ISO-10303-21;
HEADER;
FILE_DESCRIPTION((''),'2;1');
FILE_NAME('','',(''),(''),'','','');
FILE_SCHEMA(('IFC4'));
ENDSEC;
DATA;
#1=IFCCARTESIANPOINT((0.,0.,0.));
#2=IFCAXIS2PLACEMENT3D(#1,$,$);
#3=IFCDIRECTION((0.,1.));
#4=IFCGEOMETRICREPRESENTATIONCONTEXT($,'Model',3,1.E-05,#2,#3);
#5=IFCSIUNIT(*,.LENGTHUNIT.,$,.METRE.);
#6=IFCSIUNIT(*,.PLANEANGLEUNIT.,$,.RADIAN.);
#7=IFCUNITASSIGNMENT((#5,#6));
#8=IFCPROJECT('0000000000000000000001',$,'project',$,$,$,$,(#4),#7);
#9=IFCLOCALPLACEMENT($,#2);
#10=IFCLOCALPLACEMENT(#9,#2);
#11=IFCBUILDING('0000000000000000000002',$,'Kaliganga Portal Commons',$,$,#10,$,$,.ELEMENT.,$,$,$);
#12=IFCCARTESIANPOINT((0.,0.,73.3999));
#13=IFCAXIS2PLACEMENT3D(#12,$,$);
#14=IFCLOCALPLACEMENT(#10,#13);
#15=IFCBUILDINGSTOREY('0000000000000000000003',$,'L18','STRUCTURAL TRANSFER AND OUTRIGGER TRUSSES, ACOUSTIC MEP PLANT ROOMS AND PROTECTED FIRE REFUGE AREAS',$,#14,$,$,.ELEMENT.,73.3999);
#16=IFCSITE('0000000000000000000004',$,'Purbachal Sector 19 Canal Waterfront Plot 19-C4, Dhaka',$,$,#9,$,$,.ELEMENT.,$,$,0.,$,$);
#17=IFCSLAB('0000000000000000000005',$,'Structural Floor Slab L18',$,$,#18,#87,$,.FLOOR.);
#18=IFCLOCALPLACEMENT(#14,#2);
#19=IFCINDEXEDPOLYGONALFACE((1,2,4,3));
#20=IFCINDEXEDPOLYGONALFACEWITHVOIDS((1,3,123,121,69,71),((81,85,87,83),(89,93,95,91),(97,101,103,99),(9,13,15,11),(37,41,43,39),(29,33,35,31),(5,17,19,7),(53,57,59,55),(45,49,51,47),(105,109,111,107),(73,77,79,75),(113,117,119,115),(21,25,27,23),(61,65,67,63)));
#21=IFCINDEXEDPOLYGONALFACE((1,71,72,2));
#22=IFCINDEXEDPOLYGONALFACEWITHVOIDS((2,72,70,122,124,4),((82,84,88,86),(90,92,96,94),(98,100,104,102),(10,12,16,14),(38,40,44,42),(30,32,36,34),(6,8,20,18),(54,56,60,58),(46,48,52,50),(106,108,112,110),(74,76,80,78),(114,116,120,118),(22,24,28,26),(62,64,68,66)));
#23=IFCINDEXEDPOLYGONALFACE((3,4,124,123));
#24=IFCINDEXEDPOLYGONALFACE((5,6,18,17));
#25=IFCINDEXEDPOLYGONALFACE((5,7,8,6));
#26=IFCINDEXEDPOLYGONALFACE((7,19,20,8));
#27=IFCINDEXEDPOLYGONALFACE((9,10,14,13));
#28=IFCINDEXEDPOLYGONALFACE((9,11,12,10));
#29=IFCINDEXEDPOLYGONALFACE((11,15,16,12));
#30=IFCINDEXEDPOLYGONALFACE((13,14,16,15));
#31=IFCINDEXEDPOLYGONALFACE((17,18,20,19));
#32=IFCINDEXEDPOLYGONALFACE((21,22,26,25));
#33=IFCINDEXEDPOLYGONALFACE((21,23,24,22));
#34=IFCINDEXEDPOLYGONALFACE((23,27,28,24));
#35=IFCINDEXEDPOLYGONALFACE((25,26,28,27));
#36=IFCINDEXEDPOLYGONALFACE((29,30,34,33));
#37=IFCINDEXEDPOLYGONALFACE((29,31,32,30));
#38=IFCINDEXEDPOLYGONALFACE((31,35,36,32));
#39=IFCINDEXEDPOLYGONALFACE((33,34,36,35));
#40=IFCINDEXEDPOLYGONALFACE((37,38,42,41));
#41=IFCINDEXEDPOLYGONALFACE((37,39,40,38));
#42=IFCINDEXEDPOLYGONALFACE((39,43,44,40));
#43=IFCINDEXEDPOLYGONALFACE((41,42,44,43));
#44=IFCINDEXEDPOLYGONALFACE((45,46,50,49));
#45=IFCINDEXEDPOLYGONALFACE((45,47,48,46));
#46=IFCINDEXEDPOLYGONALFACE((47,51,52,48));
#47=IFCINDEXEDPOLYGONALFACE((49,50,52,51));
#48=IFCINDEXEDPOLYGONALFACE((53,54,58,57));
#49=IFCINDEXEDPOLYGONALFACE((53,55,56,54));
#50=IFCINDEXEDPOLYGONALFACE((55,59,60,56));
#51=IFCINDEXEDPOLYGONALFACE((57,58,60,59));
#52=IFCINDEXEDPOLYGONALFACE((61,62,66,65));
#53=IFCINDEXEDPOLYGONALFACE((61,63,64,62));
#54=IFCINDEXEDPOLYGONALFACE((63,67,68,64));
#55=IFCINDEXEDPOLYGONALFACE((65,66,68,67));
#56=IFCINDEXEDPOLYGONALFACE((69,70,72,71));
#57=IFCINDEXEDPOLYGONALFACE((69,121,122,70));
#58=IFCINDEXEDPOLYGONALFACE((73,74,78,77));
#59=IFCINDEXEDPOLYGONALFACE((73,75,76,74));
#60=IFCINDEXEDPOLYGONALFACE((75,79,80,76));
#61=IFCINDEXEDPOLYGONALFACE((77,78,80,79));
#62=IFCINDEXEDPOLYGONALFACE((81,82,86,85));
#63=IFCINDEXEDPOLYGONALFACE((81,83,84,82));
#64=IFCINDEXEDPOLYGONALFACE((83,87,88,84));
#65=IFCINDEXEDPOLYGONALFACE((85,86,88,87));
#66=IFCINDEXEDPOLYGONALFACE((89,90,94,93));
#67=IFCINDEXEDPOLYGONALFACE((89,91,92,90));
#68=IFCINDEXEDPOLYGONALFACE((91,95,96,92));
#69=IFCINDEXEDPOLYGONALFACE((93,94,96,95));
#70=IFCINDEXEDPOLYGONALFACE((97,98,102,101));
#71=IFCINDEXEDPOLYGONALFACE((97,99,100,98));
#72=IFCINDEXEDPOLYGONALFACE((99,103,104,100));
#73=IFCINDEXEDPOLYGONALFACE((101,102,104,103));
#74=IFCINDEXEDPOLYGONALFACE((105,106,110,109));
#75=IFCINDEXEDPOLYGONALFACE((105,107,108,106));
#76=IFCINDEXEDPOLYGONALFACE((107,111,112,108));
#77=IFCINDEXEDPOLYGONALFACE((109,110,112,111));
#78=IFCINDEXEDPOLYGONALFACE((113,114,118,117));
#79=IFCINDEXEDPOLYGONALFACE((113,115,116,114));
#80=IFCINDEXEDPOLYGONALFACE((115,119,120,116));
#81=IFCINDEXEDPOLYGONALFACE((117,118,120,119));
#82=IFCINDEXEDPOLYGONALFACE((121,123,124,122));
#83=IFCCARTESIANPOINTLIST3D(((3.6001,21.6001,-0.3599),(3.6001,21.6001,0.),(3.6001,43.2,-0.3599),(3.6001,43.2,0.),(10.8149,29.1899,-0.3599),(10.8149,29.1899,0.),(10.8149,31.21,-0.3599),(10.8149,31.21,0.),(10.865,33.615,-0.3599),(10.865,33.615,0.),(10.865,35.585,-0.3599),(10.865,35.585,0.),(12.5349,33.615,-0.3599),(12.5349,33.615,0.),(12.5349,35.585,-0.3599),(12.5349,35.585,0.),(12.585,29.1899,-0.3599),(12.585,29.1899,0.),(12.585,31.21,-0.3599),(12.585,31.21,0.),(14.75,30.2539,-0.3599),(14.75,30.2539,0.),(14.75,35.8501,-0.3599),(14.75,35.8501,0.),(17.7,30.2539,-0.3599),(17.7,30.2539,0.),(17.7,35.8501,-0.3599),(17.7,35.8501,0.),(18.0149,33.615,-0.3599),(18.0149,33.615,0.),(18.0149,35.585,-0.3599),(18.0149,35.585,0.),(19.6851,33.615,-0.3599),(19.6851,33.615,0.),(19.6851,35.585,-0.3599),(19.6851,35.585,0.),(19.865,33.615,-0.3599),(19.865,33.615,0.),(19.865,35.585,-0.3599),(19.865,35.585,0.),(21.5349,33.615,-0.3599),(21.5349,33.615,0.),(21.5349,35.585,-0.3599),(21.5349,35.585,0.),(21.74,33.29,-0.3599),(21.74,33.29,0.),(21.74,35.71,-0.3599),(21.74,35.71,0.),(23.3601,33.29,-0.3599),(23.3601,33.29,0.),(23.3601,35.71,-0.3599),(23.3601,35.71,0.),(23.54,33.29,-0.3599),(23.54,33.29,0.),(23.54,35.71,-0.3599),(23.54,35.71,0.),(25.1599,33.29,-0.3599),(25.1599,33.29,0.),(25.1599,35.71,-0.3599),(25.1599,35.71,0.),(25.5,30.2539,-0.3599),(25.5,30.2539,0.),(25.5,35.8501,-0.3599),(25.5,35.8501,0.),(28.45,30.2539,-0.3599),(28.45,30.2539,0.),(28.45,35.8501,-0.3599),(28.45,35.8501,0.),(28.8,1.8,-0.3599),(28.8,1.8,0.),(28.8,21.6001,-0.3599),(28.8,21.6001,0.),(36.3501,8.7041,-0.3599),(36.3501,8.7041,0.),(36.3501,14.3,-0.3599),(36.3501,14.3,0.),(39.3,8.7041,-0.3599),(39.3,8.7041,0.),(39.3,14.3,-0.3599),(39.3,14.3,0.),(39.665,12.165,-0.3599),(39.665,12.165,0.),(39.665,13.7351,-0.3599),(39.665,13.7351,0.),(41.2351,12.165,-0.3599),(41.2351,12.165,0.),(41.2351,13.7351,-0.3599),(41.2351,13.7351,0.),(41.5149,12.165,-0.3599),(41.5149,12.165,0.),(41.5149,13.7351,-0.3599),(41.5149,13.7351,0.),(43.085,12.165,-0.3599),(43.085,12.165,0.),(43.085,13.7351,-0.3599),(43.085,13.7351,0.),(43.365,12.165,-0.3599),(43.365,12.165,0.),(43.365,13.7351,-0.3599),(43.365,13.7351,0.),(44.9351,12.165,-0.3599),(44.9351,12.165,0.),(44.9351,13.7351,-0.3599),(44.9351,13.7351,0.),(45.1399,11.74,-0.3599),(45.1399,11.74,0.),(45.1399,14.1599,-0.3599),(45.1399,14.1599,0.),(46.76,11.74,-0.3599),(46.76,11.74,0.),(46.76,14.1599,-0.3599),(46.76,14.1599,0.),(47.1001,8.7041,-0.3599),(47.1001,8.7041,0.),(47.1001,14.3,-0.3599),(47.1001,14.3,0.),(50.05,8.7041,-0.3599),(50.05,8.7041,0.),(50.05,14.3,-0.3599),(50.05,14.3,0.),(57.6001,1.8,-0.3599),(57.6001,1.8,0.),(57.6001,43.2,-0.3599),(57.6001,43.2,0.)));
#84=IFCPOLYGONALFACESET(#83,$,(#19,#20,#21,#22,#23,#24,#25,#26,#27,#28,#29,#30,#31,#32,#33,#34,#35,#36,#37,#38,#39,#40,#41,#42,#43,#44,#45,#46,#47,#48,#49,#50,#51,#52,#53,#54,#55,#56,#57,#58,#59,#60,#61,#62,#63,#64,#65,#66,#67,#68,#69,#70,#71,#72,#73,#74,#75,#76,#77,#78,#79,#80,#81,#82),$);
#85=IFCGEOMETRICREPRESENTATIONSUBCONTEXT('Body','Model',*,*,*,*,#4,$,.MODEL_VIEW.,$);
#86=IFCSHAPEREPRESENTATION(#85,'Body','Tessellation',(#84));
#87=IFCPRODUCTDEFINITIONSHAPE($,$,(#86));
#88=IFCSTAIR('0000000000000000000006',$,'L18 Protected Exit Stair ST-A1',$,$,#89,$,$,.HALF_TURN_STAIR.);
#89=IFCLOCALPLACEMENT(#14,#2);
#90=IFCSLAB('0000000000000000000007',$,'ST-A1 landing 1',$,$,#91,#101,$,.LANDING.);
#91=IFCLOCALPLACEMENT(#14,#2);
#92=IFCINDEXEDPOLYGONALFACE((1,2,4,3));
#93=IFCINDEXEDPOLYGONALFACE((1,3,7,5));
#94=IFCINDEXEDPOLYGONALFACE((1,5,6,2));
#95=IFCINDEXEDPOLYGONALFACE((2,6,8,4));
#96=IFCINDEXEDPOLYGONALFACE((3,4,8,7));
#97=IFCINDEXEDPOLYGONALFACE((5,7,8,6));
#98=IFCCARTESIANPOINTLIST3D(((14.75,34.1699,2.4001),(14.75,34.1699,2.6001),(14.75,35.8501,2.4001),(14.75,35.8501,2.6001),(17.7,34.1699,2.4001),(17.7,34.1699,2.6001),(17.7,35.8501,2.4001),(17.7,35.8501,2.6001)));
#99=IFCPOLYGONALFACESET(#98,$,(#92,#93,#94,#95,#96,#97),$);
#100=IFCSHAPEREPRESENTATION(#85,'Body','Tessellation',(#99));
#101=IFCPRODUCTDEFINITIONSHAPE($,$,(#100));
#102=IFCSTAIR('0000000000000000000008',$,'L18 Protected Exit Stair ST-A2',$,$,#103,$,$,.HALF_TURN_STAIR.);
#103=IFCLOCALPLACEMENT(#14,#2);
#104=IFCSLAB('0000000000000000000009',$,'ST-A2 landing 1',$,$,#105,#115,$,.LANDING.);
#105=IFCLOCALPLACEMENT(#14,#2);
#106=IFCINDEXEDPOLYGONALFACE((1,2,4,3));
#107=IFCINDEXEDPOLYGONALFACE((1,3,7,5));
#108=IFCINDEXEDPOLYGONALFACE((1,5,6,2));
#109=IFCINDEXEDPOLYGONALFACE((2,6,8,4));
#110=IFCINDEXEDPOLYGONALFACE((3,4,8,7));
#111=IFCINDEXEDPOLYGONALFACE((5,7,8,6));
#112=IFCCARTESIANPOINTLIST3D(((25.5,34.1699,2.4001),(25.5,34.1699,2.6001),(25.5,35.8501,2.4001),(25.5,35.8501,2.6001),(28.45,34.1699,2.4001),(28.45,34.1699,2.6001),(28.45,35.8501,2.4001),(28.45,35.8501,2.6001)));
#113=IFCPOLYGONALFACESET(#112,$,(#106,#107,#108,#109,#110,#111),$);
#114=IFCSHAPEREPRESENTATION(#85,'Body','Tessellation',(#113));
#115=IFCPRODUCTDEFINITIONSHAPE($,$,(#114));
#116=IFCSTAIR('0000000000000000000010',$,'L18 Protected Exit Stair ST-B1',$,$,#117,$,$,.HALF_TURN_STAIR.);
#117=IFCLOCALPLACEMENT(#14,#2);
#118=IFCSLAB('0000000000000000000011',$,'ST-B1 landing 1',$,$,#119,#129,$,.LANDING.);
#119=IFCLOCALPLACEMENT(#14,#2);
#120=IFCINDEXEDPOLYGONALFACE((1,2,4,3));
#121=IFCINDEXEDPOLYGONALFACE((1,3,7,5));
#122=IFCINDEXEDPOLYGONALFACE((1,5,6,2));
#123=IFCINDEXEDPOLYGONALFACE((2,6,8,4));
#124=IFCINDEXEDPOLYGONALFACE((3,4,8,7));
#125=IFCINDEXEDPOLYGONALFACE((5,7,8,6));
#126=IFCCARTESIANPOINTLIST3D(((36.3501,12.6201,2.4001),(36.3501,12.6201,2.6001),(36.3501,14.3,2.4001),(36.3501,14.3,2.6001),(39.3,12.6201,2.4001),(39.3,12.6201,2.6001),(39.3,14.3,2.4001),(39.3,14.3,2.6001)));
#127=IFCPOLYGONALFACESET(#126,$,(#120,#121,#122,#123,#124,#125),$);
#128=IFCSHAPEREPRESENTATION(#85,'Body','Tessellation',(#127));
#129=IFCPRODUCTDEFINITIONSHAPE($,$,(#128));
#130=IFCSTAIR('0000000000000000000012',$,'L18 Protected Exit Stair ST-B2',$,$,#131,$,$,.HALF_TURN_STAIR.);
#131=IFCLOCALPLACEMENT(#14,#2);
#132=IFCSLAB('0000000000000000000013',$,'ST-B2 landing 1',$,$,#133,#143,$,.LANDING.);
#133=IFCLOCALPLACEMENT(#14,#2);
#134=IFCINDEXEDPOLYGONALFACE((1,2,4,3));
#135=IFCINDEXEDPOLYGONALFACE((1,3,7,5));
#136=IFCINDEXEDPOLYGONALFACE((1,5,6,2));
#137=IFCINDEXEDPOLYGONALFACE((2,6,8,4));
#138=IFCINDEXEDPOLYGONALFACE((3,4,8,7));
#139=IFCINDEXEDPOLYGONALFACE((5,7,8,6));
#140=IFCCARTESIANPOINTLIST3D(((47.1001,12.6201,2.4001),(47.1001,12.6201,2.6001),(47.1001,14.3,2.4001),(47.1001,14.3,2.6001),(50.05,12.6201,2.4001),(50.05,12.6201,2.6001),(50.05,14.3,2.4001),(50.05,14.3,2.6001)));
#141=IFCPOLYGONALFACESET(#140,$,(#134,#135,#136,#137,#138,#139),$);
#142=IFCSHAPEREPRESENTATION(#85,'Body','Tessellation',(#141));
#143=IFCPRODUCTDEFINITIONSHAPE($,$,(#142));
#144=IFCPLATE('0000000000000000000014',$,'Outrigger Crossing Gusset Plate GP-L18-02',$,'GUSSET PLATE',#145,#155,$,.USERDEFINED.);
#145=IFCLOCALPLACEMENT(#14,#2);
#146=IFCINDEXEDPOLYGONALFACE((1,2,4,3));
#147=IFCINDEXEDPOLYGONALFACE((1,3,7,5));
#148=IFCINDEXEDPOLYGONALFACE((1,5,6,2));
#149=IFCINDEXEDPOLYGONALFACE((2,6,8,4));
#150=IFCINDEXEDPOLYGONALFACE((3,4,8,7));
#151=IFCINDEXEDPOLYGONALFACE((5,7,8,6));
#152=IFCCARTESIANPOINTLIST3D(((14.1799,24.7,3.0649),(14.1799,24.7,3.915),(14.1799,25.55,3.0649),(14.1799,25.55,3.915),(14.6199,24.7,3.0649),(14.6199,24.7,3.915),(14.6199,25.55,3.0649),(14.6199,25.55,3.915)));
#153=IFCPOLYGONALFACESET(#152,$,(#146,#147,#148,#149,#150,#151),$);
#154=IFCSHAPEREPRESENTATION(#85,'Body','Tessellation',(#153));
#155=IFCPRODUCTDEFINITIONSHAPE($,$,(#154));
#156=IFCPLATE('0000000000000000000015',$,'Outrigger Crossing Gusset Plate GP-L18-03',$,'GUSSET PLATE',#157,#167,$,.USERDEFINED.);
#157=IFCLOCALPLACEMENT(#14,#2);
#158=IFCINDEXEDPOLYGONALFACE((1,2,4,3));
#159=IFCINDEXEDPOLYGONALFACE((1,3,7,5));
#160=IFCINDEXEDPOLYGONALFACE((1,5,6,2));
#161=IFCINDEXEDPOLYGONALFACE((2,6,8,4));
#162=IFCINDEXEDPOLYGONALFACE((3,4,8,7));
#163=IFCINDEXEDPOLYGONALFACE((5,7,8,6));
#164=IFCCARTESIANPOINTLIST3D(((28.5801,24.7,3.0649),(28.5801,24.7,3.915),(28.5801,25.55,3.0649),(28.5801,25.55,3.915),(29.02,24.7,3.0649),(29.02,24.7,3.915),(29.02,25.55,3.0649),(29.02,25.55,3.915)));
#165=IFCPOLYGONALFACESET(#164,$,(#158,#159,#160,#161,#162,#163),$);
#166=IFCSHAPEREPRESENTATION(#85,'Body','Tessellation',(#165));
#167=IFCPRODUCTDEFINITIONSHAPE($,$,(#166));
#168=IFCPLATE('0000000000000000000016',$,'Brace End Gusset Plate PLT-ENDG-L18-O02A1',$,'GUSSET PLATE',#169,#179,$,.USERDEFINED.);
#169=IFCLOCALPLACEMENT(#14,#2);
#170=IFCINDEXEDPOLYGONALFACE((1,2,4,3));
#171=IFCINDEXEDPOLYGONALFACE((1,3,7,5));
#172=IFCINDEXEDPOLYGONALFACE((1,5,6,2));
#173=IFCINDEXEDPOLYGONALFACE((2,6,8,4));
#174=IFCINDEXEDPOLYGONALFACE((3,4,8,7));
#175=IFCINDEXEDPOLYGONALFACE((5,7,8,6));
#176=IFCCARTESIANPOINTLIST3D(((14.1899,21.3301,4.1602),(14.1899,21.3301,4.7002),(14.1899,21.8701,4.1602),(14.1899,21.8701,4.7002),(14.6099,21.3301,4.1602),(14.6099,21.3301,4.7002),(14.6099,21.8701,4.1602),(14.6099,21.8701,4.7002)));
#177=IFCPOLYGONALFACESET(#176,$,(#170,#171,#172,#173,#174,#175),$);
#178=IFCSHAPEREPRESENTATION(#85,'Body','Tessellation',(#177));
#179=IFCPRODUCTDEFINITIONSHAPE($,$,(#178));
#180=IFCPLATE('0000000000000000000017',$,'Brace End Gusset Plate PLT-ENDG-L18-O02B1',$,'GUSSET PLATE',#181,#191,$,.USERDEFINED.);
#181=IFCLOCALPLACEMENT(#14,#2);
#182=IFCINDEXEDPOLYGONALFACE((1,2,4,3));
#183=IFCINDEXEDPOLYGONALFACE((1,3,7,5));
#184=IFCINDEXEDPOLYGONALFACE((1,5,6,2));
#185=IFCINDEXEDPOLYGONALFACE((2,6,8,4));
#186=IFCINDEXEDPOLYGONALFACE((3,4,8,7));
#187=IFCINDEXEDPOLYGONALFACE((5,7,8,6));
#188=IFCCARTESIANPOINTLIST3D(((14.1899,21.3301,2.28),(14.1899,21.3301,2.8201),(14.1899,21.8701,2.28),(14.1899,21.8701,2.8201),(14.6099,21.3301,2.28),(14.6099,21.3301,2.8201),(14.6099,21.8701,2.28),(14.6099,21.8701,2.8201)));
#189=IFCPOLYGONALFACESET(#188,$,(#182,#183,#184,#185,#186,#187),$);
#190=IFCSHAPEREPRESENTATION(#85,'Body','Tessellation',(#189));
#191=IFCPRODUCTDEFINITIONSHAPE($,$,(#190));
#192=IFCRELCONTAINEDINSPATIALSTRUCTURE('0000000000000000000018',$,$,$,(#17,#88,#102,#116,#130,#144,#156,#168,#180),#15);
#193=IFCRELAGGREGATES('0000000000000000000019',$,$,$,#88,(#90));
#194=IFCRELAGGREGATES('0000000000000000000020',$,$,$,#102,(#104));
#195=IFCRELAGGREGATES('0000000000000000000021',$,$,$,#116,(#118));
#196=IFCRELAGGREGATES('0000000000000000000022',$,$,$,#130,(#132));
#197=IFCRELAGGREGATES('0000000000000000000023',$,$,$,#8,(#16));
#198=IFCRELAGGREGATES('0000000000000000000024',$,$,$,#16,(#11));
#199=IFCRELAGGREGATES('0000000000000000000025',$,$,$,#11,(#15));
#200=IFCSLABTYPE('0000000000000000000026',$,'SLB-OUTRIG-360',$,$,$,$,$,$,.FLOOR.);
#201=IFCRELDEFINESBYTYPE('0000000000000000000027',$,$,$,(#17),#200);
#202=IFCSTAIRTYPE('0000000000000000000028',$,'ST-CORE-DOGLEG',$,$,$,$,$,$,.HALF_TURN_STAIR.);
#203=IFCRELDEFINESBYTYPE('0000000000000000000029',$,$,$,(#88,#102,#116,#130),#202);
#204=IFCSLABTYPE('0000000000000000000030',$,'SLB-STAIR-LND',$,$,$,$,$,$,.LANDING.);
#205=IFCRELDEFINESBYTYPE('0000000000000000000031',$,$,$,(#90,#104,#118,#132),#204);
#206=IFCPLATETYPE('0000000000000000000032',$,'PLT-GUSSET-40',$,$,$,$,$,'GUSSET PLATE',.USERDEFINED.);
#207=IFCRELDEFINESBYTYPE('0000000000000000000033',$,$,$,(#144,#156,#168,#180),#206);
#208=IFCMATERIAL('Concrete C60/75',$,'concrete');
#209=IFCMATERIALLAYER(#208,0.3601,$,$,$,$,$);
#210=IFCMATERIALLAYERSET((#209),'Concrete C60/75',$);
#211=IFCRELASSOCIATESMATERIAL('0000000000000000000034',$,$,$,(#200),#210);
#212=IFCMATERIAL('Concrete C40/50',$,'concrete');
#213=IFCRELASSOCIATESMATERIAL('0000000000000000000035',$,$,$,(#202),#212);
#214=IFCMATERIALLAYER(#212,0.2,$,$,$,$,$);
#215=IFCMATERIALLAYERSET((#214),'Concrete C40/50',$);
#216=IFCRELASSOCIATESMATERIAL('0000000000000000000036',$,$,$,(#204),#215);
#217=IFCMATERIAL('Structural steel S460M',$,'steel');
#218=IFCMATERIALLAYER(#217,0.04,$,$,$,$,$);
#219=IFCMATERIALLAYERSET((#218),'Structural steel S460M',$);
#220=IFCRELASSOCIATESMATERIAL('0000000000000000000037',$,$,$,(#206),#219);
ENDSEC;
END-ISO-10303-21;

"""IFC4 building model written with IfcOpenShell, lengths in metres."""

from ifc_helpers import new_model, si_unit, direction, frame, origin, origin_2d, place, context, subcontext, project, spatial, polyline, rectangle, outline, extrude, source, transform, mapped, material, layer, layer_set, type_object, element, aggregate, save


model = new_model("IFC4")

# Units and contexts
model_context = context("Model", 3, precision=1e-05, world=origin(), true_north=direction((0.0, 1.0)))
body_context = subcontext(model_context, "Body", "Model", "MODEL_VIEW")
ifc_project = project(units=[si_unit("LENGTHUNIT", "METRE"), si_unit("PLANEANGLEUNIT", "RADIAN")], contexts=[model_context])

# Site, building, storey
site_placement = place(None, origin())
site = spatial("IfcSite", under=ifc_project, at=site_placement, Name="Purbachal Sector 19 Canal Waterfront Plot 19-C4, Dhaka", CompositionType="ELEMENT", RefElevation=0.0)
building_placement = place(site_placement, origin())
building = spatial("IfcBuilding", under=site, at=building_placement, Name="Kaliganga Portal Commons", CompositionType="ELEMENT")
storey_placement = place(building_placement, frame((0.0, 0.0, 73.3999)))
storey = spatial("IfcBuildingStorey", under=building, at=storey_placement, Name="L18", Description="STRUCTURAL TRANSFER AND OUTRIGGER TRUSSES, ACOUSTIC MEP PLANT ROOMS AND PROTECTED FIRE REFUGE AREAS", CompositionType="ELEMENT", Elevation=73.3999)

# Shared definitions
ifc_material_1 = material(Name="Structural steel S460M", Category="steel")

# Shared definitions
ifc_material_2 = material(Name="Concrete C60/75", Category="concrete")

# Slab
ifc_layer_1 = layer(ifc_material_2, 0.3601)
ifc_layer_set_1 = layer_set([ifc_layer_1], Name="Concrete C60/75")
slab_type_1 = type_object("IfcSlabType", Name="SLB-OUTRIG-360", PredefinedType="FLOOR", material=ifc_layer_set_1)
slab_1_placement = place(storey_placement, frame((0.0, 0.0, -0.3599)))
element("IfcSlab", 1, at=slab_1_placement, inside=storey, type_object=slab_type_1, Name="Structural Floor Slab L18", PredefinedType="FLOOR", context=body_context, shape_type="SweptSolid", body=[
    extrude(outline(polyline([(28.8, 1.8), (57.6001, 1.8), (57.6001, 43.2), (3.6001, 43.2), (3.6001, 21.6001), (28.8, 21.6001), (28.8, 1.8)]), holes=[polyline([(14.75, 30.2539), (14.75, 35.8501), (17.7, 35.8501), (17.7, 30.2539), (14.75, 30.2539)]), polyline([(25.5, 30.2539), (25.5, 35.8501), (28.45, 35.8501), (28.45, 30.2539), (25.5, 30.2539)]), polyline([(36.3501, 8.7041), (36.3501, 14.3), (39.3, 14.3), (39.3, 8.7041), (36.3501, 8.7041)]), polyline([(47.1001, 8.7041), (47.1001, 14.3), (50.05, 14.3), (50.05, 8.7041), (47.1001, 8.7041)]), polyline([(18.0149, 33.615), (18.0149, 35.585), (19.6851, 35.585), (19.6851, 33.615), (18.0149, 33.615)]), polyline([(19.865, 33.615), (19.865, 35.585), (21.5349, 35.585), (21.5349, 33.615), (19.865, 33.615)]), polyline([(10.8149, 29.1899), (10.8149, 31.21), (12.585, 31.21), (12.585, 29.1899), (10.8149, 29.1899)]), polyline([(10.865, 33.615), (10.865, 35.585), (12.5349, 35.585), (12.5349, 33.615), (10.865, 33.615)]), polyline([(21.74, 33.29), (21.74, 35.71), (23.3601, 35.71), (23.3601, 33.29), (21.74, 33.29)]), polyline([(23.54, 33.29), (23.54, 35.71), (25.1599, 35.71), (25.1599, 33.29), (23.54, 33.29)]), polyline([(39.665, 12.165), (39.665, 13.7351), (41.2351, 13.7351), (41.2351, 12.165), (39.665, 12.165)]), polyline([(41.5149, 12.165), (41.5149, 13.7351), (43.085, 13.7351), (43.085, 12.165), (41.5149, 12.165)]), polyline([(43.365, 12.165), (43.365, 13.7351), (44.9351, 13.7351), (44.9351, 12.165), (43.365, 12.165)]), polyline([(45.1399, 11.74), (45.1399, 14.1599), (46.76, 14.1599), (46.76, 11.74), (45.1399, 11.74)])]), origin(), (0.0, 0.0, 1.0), 0.3599),
])

# Stairs, slabs
ifc_material_3 = material(Name="Concrete C40/50", Category="concrete")
stair_type = type_object("IfcStairType", Name="ST-CORE-DOGLEG", PredefinedType="HALF_TURN_STAIR", material=ifc_material_3)
stair_1_placement = place(storey_placement, origin())
stair_1 = element("IfcStair", 2, at=stair_1_placement, inside=storey, type_object=stair_type, Name="L18 Protected Exit Stair ST-A1", PredefinedType="HALF_TURN_STAIR")
ifc_layer_2 = layer(ifc_material_3, 0.2)
ifc_layer_set_2 = layer_set([ifc_layer_2], Name="Concrete C40/50")
slab_type_2 = type_object("IfcSlabType", Name="SLB-STAIR-LND", PredefinedType="LANDING", material=ifc_layer_set_2)
slab_2_placement = place(storey_placement, frame((0.0, 0.0, 2.4001)))
slab_2 = element("IfcSlab", 3, at=slab_2_placement, type_object=slab_type_2, Name="ST-A1 landing 1", PredefinedType="LANDING", context=body_context, shape_type="SweptSolid", body=[
    extrude(outline(polyline([(17.7, 34.1699), (17.7, 35.8501), (14.75, 35.8501), (14.75, 34.1699), (17.7, 34.1699)])), origin(), (0.0, 0.0, 1.0), 0.2),
])
aggregate(stair_1, [slab_2])
stair_2_placement = place(storey_placement, origin())
stair_2 = element("IfcStair", 4, at=stair_2_placement, inside=storey, type_object=stair_type, Name="L18 Protected Exit Stair ST-A2", PredefinedType="HALF_TURN_STAIR")
slab_3_placement = place(storey_placement, frame((0.0, 0.0, 2.4001)))
slab_3 = element("IfcSlab", 5, at=slab_3_placement, type_object=slab_type_2, Name="ST-A2 landing 1", PredefinedType="LANDING", context=body_context, shape_type="SweptSolid", body=[
    extrude(outline(polyline([(28.45, 34.1699), (28.45, 35.8501), (25.5, 35.8501), (25.5, 34.1699), (28.45, 34.1699)])), origin(), (0.0, 0.0, 1.0), 0.2),
])
aggregate(stair_2, [slab_3])
stair_3_placement = place(storey_placement, origin())
stair_3 = element("IfcStair", 6, at=stair_3_placement, inside=storey, type_object=stair_type, Name="L18 Protected Exit Stair ST-B1", PredefinedType="HALF_TURN_STAIR")
slab_4_placement = place(storey_placement, frame((0.0, 0.0, 2.4001)))
slab_4 = element("IfcSlab", 7, at=slab_4_placement, type_object=slab_type_2, Name="ST-B1 landing 1", PredefinedType="LANDING", context=body_context, shape_type="SweptSolid", body=[
    extrude(outline(polyline([(39.3, 12.6201), (39.3, 14.3), (36.3501, 14.3), (36.3501, 12.6201), (39.3, 12.6201)])), origin(), (0.0, 0.0, 1.0), 0.2),
])
aggregate(stair_3, [slab_4])
stair_4_placement = place(storey_placement, origin())
stair_4 = element("IfcStair", 8, at=stair_4_placement, inside=storey, type_object=stair_type, Name="L18 Protected Exit Stair ST-B2", PredefinedType="HALF_TURN_STAIR")
slab_5_placement = place(storey_placement, frame((0.0, 0.0, 2.4001)))
slab_5 = element("IfcSlab", 9, at=slab_5_placement, type_object=slab_type_2, Name="ST-B2 landing 1", PredefinedType="LANDING", context=body_context, shape_type="SweptSolid", body=[
    extrude(outline(polyline([(50.05, 12.6201), (50.05, 14.3), (47.1001, 14.3), (47.1001, 12.6201), (50.05, 12.6201)])), origin(), (0.0, 0.0, 1.0), 0.2),
])
aggregate(stair_4, [slab_5])

# Plates
ifc_layer_3 = layer(ifc_material_1, 0.04)
ifc_layer_set_3 = layer_set([ifc_layer_3], Name="Structural steel S460M")
plate_type = type_object("IfcPlateType", Name="PLT-GUSSET-40", ElementType="GUSSET PLATE", PredefinedType="USERDEFINED", material=ifc_layer_set_3)
shared_shape_1 = source(origin(), body_context, "Body", "SweptSolid", [
    extrude(rectangle(XDim=0.8501, YDim=0.4399, at=origin_2d()), origin(), (0.0, 0.0, 1.0), 0.8501),
])
for number, where, z_axis, x_axis, name in (
    (10, (14.3999, 25.125, 3.0649), (0.0, 0.0, 1.0), (0.0, -1.0, 0.0), "Outrigger Crossing Gusset Plate GP-L18-02"),
    (11, (28.8, 25.125, 3.0649), (0.0, 0.0, 1.0), (0.0, -1.0, 0.0), "Outrigger Crossing Gusset Plate GP-L18-03"),
):
    element("IfcPlate", number, at=place(storey_placement, frame(where, z_axis=z_axis, x_axis=x_axis)), inside=storey, type_object=plate_type, Name=name, ObjectType="GUSSET PLATE", PredefinedType="USERDEFINED", context=body_context, shape_type="MappedRepresentation", body=[
        mapped(shared_shape_1, transform((0.0, 0.0, 0.0), x_axis=(1.0, 0.0, 0.0), y_axis=(0.0, 1.0, 0.0), z_axis=(0.0, 0.0, 1.0), scale=1.0)),
    ])
shared_shape_2 = source(origin(), body_context, "Body", "SweptSolid", [
    extrude(rectangle(XDim=0.54, YDim=0.4199, at=origin_2d()), origin(), (0.0, 0.0, 1.0), 0.54),
])
for number, where, z_axis, x_axis, name in (
    (12, (14.3999, 21.6001, 4.1602), (0.0, 0.0, 1.0), (0.0, -1.0, 0.0), "Brace End Gusset Plate PLT-ENDG-L18-O02A1"),
    (13, (14.3999, 21.6001, 2.28), (0.0, 0.0, 1.0), (0.0, -1.0, 0.0), "Brace End Gusset Plate PLT-ENDG-L18-O02B1"),
):
    element("IfcPlate", number, at=place(storey_placement, frame(where, z_axis=z_axis, x_axis=x_axis)), inside=storey, type_object=plate_type, Name=name, ObjectType="GUSSET PLATE", PredefinedType="USERDEFINED", context=body_context, shape_type="MappedRepresentation", body=[
        mapped(shared_shape_2, transform((0.0, 0.0, 0.0), x_axis=(1.0, 0.0, 0.0), y_axis=(0.0, 1.0, 0.0), z_axis=(0.0, 0.0, 1.0), scale=1.0)),
    ])

save(model, "model.ifc")
